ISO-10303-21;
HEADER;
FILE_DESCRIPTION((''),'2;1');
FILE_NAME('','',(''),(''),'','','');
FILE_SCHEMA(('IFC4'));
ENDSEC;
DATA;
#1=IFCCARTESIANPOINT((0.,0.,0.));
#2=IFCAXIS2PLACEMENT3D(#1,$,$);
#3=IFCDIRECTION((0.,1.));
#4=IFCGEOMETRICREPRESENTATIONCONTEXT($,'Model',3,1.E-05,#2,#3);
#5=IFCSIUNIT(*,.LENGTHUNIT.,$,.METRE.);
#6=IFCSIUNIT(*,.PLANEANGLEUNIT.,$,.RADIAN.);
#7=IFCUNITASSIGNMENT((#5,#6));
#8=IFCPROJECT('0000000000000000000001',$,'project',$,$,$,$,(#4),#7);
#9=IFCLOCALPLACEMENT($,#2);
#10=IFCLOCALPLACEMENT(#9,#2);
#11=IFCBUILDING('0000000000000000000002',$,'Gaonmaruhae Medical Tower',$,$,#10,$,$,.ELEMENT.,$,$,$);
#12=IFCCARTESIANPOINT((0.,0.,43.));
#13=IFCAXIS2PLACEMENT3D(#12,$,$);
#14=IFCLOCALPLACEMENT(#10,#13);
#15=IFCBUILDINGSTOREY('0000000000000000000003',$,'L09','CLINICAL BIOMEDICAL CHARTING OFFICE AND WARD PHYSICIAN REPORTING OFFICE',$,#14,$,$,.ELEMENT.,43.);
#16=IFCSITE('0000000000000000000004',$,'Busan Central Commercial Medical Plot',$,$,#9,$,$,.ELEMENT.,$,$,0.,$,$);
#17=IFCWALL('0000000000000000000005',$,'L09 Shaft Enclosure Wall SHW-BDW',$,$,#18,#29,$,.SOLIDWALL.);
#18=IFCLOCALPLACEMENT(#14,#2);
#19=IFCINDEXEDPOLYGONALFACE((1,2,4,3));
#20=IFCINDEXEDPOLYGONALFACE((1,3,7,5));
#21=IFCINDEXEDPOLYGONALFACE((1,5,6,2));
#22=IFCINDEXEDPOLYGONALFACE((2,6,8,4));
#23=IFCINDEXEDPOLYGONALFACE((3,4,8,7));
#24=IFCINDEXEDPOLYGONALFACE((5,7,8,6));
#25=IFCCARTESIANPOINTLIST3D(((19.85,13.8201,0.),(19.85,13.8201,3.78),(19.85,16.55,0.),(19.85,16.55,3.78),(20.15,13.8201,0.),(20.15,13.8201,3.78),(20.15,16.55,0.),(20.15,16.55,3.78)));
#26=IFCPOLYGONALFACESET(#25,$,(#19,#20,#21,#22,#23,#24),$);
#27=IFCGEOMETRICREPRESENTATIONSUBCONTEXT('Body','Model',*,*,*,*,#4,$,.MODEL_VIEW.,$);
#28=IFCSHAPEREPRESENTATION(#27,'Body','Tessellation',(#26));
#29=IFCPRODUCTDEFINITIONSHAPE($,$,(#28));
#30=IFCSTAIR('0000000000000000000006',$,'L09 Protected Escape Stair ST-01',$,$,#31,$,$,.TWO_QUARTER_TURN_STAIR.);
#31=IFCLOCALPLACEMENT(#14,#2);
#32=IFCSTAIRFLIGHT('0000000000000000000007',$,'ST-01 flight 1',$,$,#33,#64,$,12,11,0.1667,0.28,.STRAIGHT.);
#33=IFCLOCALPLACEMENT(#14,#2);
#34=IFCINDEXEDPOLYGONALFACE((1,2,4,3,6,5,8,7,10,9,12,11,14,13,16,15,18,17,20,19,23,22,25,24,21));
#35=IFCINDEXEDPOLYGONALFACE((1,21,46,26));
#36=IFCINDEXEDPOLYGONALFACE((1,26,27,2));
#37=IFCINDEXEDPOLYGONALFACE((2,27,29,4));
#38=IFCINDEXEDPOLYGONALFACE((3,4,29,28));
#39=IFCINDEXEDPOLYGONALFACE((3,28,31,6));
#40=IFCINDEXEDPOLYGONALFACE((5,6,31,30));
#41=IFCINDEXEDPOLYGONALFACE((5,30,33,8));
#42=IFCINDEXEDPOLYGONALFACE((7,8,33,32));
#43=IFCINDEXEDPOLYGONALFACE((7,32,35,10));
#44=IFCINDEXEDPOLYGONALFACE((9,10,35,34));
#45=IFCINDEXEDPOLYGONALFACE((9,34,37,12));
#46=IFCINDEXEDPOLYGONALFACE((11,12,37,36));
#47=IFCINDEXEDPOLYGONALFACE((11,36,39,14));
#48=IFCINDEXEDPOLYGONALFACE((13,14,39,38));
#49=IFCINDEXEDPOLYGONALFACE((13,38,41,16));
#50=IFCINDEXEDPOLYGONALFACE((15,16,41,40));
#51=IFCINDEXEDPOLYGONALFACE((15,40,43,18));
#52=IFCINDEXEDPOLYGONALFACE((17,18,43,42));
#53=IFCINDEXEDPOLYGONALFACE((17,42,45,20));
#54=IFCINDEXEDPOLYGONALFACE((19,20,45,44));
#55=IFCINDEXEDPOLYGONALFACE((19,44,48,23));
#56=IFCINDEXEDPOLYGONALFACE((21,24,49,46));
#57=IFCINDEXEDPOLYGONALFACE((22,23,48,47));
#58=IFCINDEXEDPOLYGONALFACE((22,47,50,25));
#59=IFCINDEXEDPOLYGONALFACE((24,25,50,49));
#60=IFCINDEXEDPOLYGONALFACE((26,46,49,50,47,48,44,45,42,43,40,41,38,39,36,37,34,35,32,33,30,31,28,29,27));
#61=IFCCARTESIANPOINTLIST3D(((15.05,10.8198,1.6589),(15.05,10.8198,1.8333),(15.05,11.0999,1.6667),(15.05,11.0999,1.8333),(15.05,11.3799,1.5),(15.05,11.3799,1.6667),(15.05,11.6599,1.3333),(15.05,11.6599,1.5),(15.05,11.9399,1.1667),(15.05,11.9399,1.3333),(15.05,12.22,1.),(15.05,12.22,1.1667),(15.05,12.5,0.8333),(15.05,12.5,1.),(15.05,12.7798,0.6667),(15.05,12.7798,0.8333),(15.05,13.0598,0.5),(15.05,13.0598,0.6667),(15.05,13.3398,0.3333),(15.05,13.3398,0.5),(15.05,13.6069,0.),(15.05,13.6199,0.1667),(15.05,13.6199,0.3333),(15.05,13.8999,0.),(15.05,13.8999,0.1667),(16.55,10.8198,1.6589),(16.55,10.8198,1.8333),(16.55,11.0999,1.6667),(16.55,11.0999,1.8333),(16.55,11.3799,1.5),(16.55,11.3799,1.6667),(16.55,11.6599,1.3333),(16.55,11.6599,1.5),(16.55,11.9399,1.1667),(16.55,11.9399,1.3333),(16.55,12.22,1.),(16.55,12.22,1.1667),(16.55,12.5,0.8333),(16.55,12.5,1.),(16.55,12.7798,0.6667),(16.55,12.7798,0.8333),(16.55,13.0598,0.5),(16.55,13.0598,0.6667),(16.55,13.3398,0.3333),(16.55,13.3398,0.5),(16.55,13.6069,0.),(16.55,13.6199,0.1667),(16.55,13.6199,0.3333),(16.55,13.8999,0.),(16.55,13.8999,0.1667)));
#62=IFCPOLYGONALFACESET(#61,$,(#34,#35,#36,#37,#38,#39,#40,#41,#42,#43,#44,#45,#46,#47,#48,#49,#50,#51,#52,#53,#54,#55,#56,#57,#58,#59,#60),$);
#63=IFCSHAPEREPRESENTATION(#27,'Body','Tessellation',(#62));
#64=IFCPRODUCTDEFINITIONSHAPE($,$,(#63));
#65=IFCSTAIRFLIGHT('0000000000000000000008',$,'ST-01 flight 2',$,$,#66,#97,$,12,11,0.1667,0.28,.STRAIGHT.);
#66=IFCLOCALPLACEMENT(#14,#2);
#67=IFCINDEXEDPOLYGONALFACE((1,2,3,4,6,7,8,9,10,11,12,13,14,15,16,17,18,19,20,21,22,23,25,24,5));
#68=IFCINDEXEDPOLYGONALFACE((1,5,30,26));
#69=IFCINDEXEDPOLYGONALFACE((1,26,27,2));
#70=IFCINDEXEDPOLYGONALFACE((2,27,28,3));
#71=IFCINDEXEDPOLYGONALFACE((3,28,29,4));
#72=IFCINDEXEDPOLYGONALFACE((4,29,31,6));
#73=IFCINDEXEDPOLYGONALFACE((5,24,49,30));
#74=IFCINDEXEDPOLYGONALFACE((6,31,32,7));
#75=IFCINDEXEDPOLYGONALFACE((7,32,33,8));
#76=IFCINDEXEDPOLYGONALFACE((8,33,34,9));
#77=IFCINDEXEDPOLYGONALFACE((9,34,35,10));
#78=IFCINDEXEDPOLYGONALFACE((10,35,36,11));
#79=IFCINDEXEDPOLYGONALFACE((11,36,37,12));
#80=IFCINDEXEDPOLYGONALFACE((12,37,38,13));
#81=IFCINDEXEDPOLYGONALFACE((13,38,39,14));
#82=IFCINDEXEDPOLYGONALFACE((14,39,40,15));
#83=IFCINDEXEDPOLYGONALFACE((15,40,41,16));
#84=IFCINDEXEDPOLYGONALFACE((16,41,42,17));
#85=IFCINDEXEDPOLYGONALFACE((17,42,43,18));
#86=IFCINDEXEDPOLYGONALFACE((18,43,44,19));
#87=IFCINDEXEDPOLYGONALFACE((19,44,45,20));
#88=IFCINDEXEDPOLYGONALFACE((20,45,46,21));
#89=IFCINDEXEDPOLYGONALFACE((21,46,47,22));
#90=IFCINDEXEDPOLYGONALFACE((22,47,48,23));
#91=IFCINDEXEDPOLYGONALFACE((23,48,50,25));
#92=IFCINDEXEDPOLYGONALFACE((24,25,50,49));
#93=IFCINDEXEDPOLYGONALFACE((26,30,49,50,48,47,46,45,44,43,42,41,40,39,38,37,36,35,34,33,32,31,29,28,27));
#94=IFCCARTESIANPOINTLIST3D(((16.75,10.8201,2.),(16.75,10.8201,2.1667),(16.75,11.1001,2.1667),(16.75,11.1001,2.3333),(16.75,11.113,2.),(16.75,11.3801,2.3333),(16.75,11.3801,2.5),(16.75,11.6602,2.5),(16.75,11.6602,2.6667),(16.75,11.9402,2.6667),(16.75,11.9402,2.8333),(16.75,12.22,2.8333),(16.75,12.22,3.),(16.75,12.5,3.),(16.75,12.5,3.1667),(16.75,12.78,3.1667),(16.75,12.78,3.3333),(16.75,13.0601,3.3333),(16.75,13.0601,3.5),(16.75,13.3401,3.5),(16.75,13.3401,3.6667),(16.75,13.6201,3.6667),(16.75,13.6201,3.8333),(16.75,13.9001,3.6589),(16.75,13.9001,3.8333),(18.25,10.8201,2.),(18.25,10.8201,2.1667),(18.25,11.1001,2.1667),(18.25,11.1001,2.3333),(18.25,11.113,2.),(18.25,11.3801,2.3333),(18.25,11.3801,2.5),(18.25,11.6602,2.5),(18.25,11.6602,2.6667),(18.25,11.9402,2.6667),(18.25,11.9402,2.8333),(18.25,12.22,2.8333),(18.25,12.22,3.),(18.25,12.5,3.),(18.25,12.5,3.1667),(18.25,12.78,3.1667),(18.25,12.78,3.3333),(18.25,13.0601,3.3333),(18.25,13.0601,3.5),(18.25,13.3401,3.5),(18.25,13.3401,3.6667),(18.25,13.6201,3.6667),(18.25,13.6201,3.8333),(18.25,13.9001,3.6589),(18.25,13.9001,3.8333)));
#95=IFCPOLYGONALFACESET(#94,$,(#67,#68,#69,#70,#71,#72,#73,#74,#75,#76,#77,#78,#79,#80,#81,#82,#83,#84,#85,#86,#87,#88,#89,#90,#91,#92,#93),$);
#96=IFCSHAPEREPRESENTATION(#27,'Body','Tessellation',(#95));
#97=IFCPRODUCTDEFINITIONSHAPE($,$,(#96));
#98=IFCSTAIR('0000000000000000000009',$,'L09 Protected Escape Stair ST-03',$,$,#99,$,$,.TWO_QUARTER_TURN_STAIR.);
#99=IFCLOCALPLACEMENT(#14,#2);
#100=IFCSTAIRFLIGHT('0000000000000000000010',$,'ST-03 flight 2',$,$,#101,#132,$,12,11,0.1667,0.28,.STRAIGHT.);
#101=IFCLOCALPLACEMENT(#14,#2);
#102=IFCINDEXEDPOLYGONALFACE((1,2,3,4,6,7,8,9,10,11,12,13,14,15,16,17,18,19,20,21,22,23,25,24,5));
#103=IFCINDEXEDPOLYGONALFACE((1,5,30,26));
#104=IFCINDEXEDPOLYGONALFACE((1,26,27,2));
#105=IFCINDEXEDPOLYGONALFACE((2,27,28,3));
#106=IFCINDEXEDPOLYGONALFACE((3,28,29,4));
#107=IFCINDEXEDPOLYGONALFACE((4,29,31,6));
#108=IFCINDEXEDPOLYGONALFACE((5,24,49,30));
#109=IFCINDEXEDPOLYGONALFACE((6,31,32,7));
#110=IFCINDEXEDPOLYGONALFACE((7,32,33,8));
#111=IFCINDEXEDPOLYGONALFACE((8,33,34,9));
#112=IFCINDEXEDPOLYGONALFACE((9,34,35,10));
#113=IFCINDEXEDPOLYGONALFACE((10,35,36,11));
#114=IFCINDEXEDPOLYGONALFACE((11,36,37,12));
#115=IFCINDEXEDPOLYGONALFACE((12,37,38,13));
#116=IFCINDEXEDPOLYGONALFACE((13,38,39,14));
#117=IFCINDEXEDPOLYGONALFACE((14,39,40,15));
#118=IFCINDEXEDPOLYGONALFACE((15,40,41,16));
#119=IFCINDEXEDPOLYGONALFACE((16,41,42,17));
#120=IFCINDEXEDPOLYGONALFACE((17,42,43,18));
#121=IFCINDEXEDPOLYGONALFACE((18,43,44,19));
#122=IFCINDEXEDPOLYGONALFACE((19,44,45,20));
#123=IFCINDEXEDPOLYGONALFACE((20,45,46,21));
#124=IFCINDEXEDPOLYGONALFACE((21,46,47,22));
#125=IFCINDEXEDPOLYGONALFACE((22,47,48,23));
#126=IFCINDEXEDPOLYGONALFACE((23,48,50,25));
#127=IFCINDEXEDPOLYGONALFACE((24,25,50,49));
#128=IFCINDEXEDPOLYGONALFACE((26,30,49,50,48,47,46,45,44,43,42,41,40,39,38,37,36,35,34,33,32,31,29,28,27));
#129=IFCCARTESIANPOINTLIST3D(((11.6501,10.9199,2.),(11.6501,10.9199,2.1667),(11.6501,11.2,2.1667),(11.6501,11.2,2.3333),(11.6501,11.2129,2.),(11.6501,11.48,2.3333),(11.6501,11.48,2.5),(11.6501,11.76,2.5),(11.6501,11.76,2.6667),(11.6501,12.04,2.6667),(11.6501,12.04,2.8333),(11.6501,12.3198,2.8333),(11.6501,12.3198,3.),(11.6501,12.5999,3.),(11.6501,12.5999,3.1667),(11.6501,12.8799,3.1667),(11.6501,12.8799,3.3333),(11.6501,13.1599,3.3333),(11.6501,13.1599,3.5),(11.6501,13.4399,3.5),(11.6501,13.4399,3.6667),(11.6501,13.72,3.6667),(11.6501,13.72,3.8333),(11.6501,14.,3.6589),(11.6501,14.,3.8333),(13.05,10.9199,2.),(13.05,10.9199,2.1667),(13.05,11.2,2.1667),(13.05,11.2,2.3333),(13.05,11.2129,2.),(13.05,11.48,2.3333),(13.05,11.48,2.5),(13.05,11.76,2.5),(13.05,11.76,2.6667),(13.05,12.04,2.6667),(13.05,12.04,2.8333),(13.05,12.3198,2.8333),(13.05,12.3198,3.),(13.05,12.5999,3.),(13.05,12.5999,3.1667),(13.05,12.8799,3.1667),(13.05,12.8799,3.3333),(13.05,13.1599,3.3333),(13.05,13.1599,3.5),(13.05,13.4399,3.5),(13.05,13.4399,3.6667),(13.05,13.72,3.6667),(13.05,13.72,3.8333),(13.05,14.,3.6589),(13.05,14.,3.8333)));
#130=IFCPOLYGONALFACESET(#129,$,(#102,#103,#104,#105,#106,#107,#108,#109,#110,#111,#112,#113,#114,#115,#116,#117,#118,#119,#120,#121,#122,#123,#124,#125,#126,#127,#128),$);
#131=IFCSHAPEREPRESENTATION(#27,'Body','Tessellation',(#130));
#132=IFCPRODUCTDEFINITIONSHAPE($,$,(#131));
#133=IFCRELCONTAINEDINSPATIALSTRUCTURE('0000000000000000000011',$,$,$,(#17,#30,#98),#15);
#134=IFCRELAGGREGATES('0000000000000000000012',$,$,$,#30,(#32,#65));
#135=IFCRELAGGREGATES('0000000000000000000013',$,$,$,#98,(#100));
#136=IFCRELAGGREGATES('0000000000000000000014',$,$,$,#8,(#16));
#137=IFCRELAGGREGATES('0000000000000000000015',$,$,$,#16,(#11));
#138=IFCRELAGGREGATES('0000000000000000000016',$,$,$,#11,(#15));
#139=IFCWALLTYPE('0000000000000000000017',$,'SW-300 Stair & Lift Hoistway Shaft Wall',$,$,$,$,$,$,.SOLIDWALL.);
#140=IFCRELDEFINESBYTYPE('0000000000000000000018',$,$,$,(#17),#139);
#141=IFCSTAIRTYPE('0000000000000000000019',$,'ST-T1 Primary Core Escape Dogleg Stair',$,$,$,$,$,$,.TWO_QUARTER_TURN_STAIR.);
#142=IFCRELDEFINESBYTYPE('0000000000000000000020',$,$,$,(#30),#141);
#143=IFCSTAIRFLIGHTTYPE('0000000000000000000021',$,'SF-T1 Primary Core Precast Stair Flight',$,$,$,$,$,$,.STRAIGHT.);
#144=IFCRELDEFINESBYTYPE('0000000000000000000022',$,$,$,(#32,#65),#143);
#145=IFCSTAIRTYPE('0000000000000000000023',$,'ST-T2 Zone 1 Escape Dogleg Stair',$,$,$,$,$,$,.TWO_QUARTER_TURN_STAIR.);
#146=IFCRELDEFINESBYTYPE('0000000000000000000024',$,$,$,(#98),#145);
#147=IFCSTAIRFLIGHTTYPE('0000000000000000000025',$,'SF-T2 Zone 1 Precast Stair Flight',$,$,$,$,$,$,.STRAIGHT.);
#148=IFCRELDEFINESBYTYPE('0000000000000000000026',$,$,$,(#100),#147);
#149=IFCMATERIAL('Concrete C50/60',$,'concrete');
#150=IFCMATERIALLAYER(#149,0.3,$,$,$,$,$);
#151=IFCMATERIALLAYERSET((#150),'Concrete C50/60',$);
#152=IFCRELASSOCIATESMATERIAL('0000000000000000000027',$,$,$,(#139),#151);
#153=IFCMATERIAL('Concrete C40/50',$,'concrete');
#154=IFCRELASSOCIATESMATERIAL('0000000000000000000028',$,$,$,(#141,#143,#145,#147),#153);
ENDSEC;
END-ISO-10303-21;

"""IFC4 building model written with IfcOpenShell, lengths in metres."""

from ifc_helpers import new_model, si_unit, direction, frame, frame_2d, origin, place, context, subcontext, project, spatial, polyline, rectangle, outline, extrude, material, layer, layer_set, type_object, element, aggregate, save


model = new_model("IFC4")

# Units and contexts
model_context = context("Model", 3, precision=1e-05, world=origin(), true_north=direction((0.0, 1.0)))
body_context = subcontext(model_context, "Body", "Model", "MODEL_VIEW")
ifc_project = project(units=[si_unit("LENGTHUNIT", "METRE"), si_unit("PLANEANGLEUNIT", "RADIAN")], contexts=[model_context])

# Site, building, storey
site_placement = place(None, origin())
site = spatial("IfcSite", under=ifc_project, at=site_placement, Name="Busan Central Commercial Medical Plot", CompositionType="ELEMENT", RefElevation=0.0)
building_placement = place(site_placement, origin())
building = spatial("IfcBuilding", under=site, at=building_placement, Name="Gaonmaruhae Medical Tower", CompositionType="ELEMENT")
storey_placement = place(building_placement, frame((0.0, 0.0, 43.0)))
storey = spatial("IfcBuildingStorey", under=building, at=storey_placement, Name="L09", Description="CLINICAL BIOMEDICAL CHARTING OFFICE AND WARD PHYSICIAN REPORTING OFFICE", CompositionType="ELEMENT", Elevation=43.0)

# Shared definitions
ifc_material_1 = material(Name="Concrete C50/60", Category="concrete")

# Shared definitions
ifc_layer_1 = layer(ifc_material_1, 0.3)
ifc_layer_set_1 = layer_set([ifc_layer_1], Name="Concrete C50/60")
wall_type_1 = type_object("IfcWallType", Name="SW-300 Stair & Lift Hoistway Shaft Wall", PredefinedType="SOLIDWALL", material=ifc_layer_set_1)

# Wall
wall_1_placement = place(storey_placement, frame((20.0, 13.8201, 0.0), z_axis=(0.0, 0.0, 1.0), x_axis=(0.0, 1.0, 0.0)))
element("IfcWall", 1, at=wall_1_placement, inside=storey, type_object=wall_type_1, Name="L09 Shaft Enclosure Wall SHW-BDW", PredefinedType="SOLIDWALL", context=body_context, shape_type="SweptSolid", body=[
    extrude(rectangle(XDim=2.73, YDim=0.3, at=frame_2d((1.365, 0.0))), origin(), (0.0, 0.0, 1.0), 3.78),
])

# Stair, stair flights
ifc_material_2 = material(Name="Concrete C40/50", Category="concrete")
stair_type_1 = type_object("IfcStairType", Name="ST-T1 Primary Core Escape Dogleg Stair", PredefinedType="TWO_QUARTER_TURN_STAIR", material=ifc_material_2)
stair_1_placement = place(storey_placement, origin())
stair_1 = element("IfcStair", 2, at=stair_1_placement, inside=storey, type_object=stair_type_1, Name="L09 Protected Escape Stair ST-01", PredefinedType="TWO_QUARTER_TURN_STAIR")
stair_flight_type_1 = type_object("IfcStairFlightType", Name="SF-T1 Primary Core Precast Stair Flight", PredefinedType="STRAIGHT", material=ifc_material_2)
stair_flight_1_placement = place(storey_placement, frame((15.8, 13.8999, 0.0), z_axis=(0.0, 0.0, 1.0), x_axis=(0.0, -1.0, 0.0)))
stair_flight_1 = element("IfcStairFlight", 3, at=stair_flight_1_placement, type_object=stair_flight_type_1, Name="ST-01 flight 1", NumberOfRisers=12, NumberOfTreads=11, PredefinedType="STRAIGHT", RiserHeight=0.1667, TreadLength=0.28, context=body_context, shape_type="SweptSolid", body=[
    extrude(outline(polyline([(0.0, 0.0), (0.0, 0.1667), (0.28, 0.1667), (0.28, 0.3333), (0.5601, 0.3333), (0.5601, 0.5), (0.8401, 0.5), (0.8401, 0.6667), (1.1201, 0.6667), (1.1201, 0.8333), (1.3999, 0.8333), (1.3999, 1.0), (1.6799, 1.0), (1.6799, 1.1667), (1.96, 1.1667), (1.96, 1.3333), (2.24, 1.3333), (2.24, 1.5), (2.52, 1.5), (2.52, 1.6667), (2.8, 1.6667), (2.8, 1.8333), (3.0801, 1.8333), (3.0801, 2.0), (3.0801, 1.6589), (0.293, 0.0), (0.0, 0.0)])), frame((0.0, 0.75, 0.0), z_axis=(0.0, -1.0, 0.0), x_axis=(1.0, 0.0, 0.0)), (0.0, 0.0, 1.0), 1.5),
])
stair_flight_2_placement = place(storey_placement, frame((17.5, 10.8201, 2.0), z_axis=(0.0, 0.0, 1.0), x_axis=(0.0, 1.0, 0.0)))
stair_flight_2 = element("IfcStairFlight", 4, at=stair_flight_2_placement, type_object=stair_flight_type_1, Name="ST-01 flight 2", NumberOfRisers=12, NumberOfTreads=11, PredefinedType="STRAIGHT", RiserHeight=0.1667, TreadLength=0.28, context=body_context, shape_type="SweptSolid", body=[
    extrude(outline(polyline([(0.0, 0.0), (0.0, 0.1667), (0.28, 0.1667), (0.28, 0.3333), (0.5601, 0.3333), (0.5601, 0.5), (0.8401, 0.5), (0.8401, 0.6667), (1.1201, 0.6667), (1.1201, 0.8333), (1.3999, 0.8333), (1.3999, 1.0), (1.6799, 1.0), (1.6799, 1.1667), (1.96, 1.1667), (1.96, 1.3333), (2.24, 1.3333), (2.24, 1.5), (2.52, 1.5), (2.52, 1.6667), (2.8, 1.6667), (2.8, 1.8333), (3.0801, 1.8333), (3.0801, 2.0), (3.0801, 1.6589), (0.293, 0.0), (0.0, 0.0)])), frame((0.0, 0.75, 0.0), z_axis=(0.0, -1.0, 0.0), x_axis=(1.0, 0.0, 0.0)), (0.0, 0.0, 1.0), 1.5),
])
aggregate(stair_1, [stair_flight_1, stair_flight_2])

# Stair, stair flight
stair_type_2 = type_object("IfcStairType", Name="ST-T2 Zone 1 Escape Dogleg Stair", PredefinedType="TWO_QUARTER_TURN_STAIR", material=ifc_material_2)
stair_2_placement = place(storey_placement, origin())
stair_2 = element("IfcStair", 5, at=stair_2_placement, inside=storey, type_object=stair_type_2, Name="L09 Protected Escape Stair ST-03", PredefinedType="TWO_QUARTER_TURN_STAIR")
stair_flight_type_2 = type_object("IfcStairFlightType", Name="SF-T2 Zone 1 Precast Stair Flight", PredefinedType="STRAIGHT", material=ifc_material_2)
stair_flight_3_placement = place(storey_placement, frame((12.3501, 10.9199, 2.0), z_axis=(0.0, 0.0, 1.0), x_axis=(0.0, 1.0, 0.0)))
stair_flight_3 = element("IfcStairFlight", 6, at=stair_flight_3_placement, type_object=stair_flight_type_2, Name="ST-03 flight 2", NumberOfRisers=12, NumberOfTreads=11, PredefinedType="STRAIGHT", RiserHeight=0.1667, TreadLength=0.28, context=body_context, shape_type="SweptSolid", body=[
    extrude(outline(polyline([(0.0, 0.0), (0.0, 0.1667), (0.28, 0.1667), (0.28, 0.3333), (0.5601, 0.3333), (0.5601, 0.5), (0.8401, 0.5), (0.8401, 0.6667), (1.1201, 0.6667), (1.1201, 0.8333), (1.3999, 0.8333), (1.3999, 1.0), (1.6799, 1.0), (1.6799, 1.1667), (1.96, 1.1667), (1.96, 1.3333), (2.24, 1.3333), (2.24, 1.5), (2.52, 1.5), (2.52, 1.6667), (2.8, 1.6667), (2.8, 1.8333), (3.0801, 1.8333), (3.0801, 2.0), (3.0801, 1.6589), (0.293, 0.0), (0.0, 0.0)])), frame((0.0, 0.7, 0.0), z_axis=(0.0, -1.0, 0.0), x_axis=(1.0, 0.0, 0.0)), (0.0, 0.0, 1.0), 1.3999),
])
aggregate(stair_2, [stair_flight_3])

save(model, "model.ifc")
